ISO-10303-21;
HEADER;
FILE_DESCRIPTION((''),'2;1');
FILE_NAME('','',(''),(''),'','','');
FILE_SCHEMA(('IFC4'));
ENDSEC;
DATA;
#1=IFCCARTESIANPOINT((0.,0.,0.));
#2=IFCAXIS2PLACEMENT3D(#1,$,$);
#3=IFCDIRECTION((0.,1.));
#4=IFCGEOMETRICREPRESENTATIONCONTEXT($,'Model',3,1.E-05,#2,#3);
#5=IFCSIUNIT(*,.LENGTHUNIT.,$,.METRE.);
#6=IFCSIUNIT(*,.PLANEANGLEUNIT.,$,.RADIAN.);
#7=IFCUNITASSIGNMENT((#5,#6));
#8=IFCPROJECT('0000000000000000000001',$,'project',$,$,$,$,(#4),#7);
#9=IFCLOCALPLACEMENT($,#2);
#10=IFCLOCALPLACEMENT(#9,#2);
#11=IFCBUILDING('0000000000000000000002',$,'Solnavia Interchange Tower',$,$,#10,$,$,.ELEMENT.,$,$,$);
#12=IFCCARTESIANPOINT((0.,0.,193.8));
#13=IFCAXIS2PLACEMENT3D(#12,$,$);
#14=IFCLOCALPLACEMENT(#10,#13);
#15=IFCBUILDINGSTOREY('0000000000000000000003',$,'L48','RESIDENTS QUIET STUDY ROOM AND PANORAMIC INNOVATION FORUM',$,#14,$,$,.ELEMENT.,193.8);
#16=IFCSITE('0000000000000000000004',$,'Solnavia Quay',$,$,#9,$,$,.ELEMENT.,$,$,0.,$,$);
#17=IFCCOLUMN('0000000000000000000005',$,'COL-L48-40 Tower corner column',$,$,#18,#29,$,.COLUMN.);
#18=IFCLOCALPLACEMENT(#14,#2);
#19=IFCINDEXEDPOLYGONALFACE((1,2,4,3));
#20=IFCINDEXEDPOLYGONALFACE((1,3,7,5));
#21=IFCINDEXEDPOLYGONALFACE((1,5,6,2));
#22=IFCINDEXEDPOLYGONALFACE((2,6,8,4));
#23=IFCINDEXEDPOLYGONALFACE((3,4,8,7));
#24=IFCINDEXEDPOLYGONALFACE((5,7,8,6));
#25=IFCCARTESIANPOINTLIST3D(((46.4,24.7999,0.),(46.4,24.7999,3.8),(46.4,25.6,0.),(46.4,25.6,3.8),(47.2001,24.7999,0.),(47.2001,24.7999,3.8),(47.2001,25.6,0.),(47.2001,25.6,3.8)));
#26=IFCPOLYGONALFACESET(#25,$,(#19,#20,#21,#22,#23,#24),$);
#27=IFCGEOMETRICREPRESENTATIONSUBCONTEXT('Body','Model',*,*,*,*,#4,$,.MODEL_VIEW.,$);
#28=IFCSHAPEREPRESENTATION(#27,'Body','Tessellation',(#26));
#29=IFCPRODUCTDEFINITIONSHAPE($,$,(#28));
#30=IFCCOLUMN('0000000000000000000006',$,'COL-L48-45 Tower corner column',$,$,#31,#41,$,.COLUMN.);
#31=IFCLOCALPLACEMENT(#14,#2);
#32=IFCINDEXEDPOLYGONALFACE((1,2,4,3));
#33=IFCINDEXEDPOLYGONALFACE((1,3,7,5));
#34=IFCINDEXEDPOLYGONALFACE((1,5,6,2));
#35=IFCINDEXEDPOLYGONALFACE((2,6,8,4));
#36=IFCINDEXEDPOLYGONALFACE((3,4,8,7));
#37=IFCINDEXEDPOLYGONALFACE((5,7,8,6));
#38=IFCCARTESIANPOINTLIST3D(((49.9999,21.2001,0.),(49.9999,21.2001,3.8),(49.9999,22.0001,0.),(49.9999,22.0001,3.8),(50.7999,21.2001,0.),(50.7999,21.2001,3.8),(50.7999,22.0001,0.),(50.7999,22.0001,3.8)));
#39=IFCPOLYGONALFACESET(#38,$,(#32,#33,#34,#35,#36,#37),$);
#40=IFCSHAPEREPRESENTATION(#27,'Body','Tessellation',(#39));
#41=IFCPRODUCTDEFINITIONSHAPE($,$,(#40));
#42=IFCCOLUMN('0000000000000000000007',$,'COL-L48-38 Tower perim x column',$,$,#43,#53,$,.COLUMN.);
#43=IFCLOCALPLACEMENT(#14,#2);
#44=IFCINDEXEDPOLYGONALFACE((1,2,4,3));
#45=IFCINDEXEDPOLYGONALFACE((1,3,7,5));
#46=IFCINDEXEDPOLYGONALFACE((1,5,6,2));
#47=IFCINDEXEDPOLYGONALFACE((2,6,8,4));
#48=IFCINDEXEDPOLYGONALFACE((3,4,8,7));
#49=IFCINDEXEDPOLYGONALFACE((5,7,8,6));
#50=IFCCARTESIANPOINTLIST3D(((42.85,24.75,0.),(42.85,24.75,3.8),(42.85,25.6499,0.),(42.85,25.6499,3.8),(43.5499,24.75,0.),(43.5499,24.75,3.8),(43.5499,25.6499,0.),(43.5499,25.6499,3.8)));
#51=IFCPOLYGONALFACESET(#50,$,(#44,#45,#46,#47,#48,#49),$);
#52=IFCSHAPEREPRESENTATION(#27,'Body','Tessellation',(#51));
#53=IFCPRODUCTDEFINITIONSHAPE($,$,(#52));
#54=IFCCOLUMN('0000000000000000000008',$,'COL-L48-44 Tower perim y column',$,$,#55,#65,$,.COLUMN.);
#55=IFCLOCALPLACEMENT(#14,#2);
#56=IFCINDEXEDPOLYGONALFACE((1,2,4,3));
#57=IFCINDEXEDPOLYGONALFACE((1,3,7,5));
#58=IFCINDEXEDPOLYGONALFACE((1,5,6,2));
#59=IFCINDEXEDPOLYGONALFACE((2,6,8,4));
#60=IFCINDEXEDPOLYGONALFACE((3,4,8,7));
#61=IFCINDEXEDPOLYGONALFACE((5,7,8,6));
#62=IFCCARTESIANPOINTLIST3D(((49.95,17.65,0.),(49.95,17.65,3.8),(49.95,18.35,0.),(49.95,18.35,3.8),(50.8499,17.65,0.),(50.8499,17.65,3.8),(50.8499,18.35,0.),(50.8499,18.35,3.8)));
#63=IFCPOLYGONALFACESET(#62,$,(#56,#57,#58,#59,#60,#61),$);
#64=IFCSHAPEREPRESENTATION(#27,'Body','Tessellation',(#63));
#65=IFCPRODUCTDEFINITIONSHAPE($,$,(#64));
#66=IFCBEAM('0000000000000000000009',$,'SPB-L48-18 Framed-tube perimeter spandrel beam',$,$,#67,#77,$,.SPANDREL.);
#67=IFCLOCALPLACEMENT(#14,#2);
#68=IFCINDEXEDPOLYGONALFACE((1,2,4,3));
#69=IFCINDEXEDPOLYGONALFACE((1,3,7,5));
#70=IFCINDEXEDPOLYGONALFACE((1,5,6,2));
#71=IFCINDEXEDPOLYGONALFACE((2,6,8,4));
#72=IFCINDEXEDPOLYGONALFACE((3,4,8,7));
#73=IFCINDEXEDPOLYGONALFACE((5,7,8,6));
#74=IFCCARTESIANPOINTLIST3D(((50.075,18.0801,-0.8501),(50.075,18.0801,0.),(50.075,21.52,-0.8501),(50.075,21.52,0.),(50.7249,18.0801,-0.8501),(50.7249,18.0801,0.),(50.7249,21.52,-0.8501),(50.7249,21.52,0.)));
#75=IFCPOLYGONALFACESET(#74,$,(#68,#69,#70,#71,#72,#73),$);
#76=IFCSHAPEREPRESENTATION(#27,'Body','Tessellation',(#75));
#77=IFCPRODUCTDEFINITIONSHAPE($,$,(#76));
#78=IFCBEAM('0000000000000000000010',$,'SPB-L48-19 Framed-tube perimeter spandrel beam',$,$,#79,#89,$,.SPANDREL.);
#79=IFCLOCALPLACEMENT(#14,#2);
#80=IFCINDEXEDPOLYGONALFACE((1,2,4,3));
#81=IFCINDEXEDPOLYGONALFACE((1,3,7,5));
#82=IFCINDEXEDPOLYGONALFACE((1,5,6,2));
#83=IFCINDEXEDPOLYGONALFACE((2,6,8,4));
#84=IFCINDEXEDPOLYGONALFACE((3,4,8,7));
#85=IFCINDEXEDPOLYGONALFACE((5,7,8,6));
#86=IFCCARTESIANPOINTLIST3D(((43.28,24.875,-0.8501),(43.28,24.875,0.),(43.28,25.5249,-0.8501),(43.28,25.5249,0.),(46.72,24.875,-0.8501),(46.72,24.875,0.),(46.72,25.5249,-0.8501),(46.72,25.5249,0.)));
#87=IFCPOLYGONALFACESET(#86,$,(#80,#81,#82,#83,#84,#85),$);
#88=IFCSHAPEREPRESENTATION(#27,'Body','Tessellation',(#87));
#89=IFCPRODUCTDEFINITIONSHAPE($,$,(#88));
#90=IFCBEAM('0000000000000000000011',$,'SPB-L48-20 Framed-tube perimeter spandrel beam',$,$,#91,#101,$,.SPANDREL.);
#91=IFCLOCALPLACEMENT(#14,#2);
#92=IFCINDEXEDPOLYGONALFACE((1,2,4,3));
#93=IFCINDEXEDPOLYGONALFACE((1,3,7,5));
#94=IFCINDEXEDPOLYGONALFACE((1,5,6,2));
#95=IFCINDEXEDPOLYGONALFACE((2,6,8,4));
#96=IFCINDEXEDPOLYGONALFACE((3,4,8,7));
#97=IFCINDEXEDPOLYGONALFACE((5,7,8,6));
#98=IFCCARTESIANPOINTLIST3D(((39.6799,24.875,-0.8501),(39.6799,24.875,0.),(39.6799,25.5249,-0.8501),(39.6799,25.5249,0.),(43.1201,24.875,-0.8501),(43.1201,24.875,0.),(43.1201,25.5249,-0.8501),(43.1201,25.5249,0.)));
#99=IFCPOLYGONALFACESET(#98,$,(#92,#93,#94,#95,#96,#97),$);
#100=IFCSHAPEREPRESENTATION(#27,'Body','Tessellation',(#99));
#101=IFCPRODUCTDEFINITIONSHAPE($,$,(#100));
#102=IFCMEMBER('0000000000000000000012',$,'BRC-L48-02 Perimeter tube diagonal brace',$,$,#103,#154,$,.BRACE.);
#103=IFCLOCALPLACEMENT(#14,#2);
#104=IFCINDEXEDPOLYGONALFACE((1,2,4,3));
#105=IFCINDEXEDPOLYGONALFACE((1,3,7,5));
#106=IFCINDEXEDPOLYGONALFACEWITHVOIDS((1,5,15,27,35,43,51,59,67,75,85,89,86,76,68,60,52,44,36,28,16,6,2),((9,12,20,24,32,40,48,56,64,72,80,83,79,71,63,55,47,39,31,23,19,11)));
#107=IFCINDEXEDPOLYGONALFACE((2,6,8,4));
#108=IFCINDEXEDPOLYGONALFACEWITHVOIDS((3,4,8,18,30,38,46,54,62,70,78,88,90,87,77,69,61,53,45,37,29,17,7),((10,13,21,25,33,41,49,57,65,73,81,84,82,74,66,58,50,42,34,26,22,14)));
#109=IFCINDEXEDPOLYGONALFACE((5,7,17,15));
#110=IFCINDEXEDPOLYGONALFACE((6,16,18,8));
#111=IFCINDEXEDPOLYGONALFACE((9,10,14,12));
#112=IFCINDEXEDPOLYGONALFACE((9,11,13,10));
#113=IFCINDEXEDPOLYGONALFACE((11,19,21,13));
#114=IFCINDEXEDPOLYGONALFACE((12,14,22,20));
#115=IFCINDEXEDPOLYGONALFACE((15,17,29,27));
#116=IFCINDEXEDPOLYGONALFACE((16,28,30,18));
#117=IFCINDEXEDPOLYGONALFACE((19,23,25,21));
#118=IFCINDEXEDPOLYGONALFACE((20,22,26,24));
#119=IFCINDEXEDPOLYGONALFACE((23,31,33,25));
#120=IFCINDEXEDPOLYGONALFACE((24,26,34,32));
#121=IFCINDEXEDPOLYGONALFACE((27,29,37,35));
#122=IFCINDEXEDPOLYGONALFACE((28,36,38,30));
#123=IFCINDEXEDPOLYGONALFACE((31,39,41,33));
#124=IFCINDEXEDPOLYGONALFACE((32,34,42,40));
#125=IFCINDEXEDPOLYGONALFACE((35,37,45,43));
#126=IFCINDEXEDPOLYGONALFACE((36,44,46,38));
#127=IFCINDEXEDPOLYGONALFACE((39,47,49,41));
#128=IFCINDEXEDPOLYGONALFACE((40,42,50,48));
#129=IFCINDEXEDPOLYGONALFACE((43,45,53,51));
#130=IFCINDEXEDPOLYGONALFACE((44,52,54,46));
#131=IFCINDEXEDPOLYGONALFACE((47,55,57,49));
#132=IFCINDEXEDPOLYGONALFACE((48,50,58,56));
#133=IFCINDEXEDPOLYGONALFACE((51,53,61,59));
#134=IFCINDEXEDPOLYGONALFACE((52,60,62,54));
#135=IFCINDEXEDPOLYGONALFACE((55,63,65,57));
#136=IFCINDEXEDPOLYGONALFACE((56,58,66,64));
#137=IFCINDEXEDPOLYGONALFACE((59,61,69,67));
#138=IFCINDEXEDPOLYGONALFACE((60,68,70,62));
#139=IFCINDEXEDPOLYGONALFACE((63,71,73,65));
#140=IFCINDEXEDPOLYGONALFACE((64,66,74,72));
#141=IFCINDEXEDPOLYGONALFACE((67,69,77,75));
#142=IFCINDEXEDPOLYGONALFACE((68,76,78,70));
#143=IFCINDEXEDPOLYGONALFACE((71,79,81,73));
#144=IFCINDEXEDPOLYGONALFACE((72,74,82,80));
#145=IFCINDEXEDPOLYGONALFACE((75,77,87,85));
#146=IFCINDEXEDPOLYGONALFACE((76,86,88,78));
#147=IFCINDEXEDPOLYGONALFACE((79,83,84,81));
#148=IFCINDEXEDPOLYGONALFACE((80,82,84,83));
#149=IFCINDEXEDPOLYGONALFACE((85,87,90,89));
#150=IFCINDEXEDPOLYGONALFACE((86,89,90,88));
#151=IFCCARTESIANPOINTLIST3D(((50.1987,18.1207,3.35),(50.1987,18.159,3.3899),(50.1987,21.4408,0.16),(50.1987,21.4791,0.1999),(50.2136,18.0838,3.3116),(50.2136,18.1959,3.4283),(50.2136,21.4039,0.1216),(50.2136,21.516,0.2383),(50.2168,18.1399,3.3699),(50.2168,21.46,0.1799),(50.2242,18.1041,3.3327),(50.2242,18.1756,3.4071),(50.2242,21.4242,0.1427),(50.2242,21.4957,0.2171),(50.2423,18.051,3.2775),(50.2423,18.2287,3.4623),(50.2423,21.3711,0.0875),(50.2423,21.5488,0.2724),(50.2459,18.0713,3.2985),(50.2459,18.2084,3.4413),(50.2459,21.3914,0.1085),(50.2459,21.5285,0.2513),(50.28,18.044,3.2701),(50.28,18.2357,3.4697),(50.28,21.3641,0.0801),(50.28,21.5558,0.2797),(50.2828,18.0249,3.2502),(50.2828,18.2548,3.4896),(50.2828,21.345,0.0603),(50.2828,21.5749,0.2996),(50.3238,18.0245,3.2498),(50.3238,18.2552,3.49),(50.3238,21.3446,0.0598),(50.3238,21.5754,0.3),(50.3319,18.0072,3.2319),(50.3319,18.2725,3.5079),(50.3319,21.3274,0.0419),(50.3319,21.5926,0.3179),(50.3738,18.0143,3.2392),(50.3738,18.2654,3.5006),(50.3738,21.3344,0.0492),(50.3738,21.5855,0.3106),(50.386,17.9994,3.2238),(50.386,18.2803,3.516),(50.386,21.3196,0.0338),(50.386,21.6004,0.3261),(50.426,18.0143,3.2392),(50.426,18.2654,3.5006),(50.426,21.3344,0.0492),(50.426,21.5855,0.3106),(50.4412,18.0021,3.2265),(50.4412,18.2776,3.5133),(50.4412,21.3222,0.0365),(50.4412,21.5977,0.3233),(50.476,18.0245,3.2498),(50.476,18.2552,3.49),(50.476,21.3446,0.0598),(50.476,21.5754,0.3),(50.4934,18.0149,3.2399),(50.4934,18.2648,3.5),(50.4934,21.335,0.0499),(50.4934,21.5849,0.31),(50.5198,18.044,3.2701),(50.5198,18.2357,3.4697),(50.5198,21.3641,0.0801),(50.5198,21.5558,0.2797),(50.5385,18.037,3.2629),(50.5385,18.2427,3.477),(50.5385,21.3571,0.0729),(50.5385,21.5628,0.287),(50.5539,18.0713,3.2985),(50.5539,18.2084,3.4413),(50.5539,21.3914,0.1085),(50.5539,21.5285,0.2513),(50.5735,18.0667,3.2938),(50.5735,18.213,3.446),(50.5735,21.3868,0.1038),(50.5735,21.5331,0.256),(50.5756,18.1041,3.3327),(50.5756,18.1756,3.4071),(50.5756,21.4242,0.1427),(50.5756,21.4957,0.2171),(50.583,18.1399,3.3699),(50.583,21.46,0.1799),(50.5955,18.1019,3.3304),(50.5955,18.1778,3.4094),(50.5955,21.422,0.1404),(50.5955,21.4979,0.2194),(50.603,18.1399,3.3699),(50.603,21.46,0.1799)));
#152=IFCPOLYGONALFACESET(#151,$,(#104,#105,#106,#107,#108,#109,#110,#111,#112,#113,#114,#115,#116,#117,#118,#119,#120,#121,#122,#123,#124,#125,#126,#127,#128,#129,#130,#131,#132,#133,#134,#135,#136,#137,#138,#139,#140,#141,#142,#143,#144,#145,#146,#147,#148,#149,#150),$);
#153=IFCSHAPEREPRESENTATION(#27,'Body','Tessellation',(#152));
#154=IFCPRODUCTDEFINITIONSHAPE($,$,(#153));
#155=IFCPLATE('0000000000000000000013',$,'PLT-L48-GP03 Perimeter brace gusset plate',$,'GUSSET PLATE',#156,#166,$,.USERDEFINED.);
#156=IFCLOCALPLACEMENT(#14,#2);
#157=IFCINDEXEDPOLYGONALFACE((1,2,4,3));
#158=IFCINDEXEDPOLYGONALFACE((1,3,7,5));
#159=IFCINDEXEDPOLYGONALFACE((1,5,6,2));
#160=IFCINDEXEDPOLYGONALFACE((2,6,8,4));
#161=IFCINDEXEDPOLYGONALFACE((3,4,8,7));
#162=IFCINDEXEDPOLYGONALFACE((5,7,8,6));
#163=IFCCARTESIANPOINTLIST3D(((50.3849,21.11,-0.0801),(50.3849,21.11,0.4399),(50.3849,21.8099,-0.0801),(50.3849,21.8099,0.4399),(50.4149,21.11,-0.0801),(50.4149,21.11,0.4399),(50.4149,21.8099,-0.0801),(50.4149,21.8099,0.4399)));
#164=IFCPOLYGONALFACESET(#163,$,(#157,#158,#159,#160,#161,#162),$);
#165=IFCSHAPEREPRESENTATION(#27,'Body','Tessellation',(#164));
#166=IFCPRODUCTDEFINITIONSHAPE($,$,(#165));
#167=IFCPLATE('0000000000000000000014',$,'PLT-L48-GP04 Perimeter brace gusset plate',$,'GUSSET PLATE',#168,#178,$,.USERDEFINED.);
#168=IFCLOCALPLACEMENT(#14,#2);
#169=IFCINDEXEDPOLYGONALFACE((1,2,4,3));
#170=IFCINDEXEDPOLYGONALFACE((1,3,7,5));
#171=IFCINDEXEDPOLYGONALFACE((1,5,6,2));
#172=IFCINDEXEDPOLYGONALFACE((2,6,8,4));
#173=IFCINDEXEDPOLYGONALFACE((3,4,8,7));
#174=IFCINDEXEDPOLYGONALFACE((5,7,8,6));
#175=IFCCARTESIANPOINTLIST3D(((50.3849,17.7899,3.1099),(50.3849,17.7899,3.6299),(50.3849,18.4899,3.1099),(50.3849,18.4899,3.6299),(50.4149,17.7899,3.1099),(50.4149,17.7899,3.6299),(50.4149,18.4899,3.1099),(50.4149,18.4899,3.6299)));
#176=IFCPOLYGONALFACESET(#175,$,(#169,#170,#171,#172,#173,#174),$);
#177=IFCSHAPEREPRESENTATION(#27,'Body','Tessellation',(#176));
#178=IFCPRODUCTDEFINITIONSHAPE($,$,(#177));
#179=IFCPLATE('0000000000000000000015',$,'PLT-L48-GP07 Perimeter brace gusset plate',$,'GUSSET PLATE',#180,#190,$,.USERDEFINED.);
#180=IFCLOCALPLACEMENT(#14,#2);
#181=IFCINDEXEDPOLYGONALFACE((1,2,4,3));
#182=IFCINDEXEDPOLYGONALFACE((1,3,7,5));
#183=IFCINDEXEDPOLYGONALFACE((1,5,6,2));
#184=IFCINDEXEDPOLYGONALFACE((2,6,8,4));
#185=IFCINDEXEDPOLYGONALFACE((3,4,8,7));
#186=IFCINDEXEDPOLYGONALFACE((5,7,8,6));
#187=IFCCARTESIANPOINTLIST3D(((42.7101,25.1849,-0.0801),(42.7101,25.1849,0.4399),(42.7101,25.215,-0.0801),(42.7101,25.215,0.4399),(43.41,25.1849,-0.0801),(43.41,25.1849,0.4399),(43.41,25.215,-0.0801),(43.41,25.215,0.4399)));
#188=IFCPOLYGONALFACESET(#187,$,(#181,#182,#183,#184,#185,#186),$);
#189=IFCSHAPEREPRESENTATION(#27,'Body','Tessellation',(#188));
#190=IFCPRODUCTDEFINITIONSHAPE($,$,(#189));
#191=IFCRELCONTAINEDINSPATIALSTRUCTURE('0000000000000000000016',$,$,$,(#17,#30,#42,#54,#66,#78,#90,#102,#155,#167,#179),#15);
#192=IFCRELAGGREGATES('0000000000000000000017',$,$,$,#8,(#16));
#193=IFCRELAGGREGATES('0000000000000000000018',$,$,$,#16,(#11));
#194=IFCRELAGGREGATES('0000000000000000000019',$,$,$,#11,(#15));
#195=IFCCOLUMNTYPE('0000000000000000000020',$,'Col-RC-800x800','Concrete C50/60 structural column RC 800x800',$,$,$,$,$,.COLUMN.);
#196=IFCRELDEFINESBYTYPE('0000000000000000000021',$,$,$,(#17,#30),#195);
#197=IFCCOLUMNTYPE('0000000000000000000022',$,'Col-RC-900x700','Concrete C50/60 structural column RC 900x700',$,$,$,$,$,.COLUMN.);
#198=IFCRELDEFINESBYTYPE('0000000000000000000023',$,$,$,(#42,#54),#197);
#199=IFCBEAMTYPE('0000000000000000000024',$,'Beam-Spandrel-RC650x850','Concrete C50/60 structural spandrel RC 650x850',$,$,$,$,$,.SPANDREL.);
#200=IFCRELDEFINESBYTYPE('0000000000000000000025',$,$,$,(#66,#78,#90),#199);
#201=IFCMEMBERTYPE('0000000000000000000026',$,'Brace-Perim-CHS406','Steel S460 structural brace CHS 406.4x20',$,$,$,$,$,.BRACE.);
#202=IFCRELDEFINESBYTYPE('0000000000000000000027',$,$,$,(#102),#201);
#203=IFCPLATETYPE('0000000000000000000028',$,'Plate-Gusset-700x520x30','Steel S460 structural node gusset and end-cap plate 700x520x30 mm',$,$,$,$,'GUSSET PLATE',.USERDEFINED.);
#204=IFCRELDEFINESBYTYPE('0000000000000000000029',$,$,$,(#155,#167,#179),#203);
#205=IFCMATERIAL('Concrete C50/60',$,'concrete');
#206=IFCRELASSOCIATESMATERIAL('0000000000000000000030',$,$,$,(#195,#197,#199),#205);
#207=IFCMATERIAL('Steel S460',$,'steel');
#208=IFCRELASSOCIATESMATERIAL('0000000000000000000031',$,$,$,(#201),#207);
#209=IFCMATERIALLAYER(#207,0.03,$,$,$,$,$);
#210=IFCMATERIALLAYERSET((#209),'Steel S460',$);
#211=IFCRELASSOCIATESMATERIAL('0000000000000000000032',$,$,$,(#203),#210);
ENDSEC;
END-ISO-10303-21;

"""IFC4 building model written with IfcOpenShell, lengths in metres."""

from ifc_helpers import new_model, si_unit, direction, frame, origin, origin_2d, place, context, subcontext, project, spatial, rectangle, hollow_circle, extrude, material, layer, layer_set, material_profile, profile_set, type_object, element, save


model = new_model("IFC4")

# Units and contexts
model_context = context("Model", 3, precision=1e-05, world=origin(), true_north=direction((0.0, 1.0)))
body_context = subcontext(model_context, "Body", "Model", "MODEL_VIEW")
ifc_project = project(units=[si_unit("LENGTHUNIT", "METRE"), si_unit("PLANEANGLEUNIT", "RADIAN")], contexts=[model_context])

# Site, building, storey
site_placement = place(None, origin())
site = spatial("IfcSite", under=ifc_project, at=site_placement, Name="Solnavia Quay", CompositionType="ELEMENT", RefElevation=0.0)
building_placement = place(site_placement, origin())
building = spatial("IfcBuilding", under=site, at=building_placement, Name="Solnavia Interchange Tower", CompositionType="ELEMENT")
storey_placement = place(building_placement, frame((0.0, 0.0, 193.8)))
storey = spatial("IfcBuildingStorey", under=building, at=storey_placement, Name="L48", Description="RESIDENTS QUIET STUDY ROOM AND PANORAMIC INNOVATION FORUM", CompositionType="ELEMENT", Elevation=193.8)

# Columns
ifc_material_1 = material(Name="Concrete C50/60", Category="concrete")
ifc_material_profile_1 = material_profile(ifc_material_1, rectangle(XDim=0.8, YDim=0.8, at=origin_2d()), Name="RC 800x800")
ifc_profile_set_1 = profile_set([ifc_material_profile_1], Name="Concrete C50/60")
column_type_1 = type_object("IfcColumnType", Name="Col-RC-800x800", Description="Concrete C50/60 structural column RC 800x800", PredefinedType="COLUMN", material=ifc_profile_set_1)
for number, where, z_axis, x_axis, name in (
    (1, (46.8, 25.2, 0.0), (0.0, 0.0, 1.0), (1.0, 0.0, 0.0), "COL-L48-40 Tower corner column"),
    (2, (50.3999, 21.6001, 0.0), (0.0, 0.0, 1.0), (0.0, 1.0, 0.0), "COL-L48-45 Tower corner column"),
):
    element("IfcColumn", number, at=place(storey_placement, frame(where, z_axis=z_axis, x_axis=x_axis)), inside=storey, type_object=column_type_1, Name=name, PredefinedType="COLUMN", context=body_context, shape_type="SweptSolid", body=[
        extrude(rectangle(XDim=0.8, YDim=0.8, at=origin_2d()), origin(), (0.0, 0.0, 1.0), 3.8),
    ])
ifc_material_profile_2 = material_profile(ifc_material_1, rectangle(XDim=0.7, YDim=0.8999, at=origin_2d()), Name="RC 900x700")
ifc_profile_set_2 = profile_set([ifc_material_profile_2], Name="Concrete C50/60")
column_type_2 = type_object("IfcColumnType", Name="Col-RC-900x700", Description="Concrete C50/60 structural column RC 900x700", PredefinedType="COLUMN", material=ifc_profile_set_2)
for number, where, z_axis, x_axis, name in (
    (3, (43.2, 25.2, 0.0), (0.0, 0.0, 1.0), (1.0, 0.0, 0.0), "COL-L48-38 Tower perim x column"),
    (4, (50.3999, 18.0, 0.0), (0.0, 0.0, 1.0), (0.0, 1.0, 0.0), "COL-L48-44 Tower perim y column"),
):
    element("IfcColumn", number, at=place(storey_placement, frame(where, z_axis=z_axis, x_axis=x_axis)), inside=storey, type_object=column_type_2, Name=name, PredefinedType="COLUMN", context=body_context, shape_type="SweptSolid", body=[
        extrude(rectangle(XDim=0.7, YDim=0.8999, at=origin_2d()), origin(), (0.0, 0.0, 1.0), 3.8),
    ])

# Beams
ifc_material_profile_3 = material_profile(ifc_material_1, rectangle(XDim=0.6499, YDim=0.8501, at=origin_2d()), Name="RC 650x850")
ifc_profile_set_3 = profile_set([ifc_material_profile_3], Name="Concrete C50/60")
beam_type = type_object("IfcBeamType", Name="Beam-Spandrel-RC650x850", Description="Concrete C50/60 structural spandrel RC 650x850", PredefinedType="SPANDREL", material=ifc_profile_set_3)
for number, where, z_axis, x_axis, name in (
    (5, (50.3999, 18.0801, -0.425), (0.0, 1.0, 0.0), (-1.0, 0.0, 0.0), "SPB-L48-18 Framed-tube perimeter spandrel beam"),
    (6, (46.72, 25.2, -0.425), (-1.0, 0.0, 0.0), (0.0, -1.0, 0.0), "SPB-L48-19 Framed-tube perimeter spandrel beam"),
):
    element("IfcBeam", number, at=place(storey_placement, frame(where, z_axis=z_axis, x_axis=x_axis)), inside=storey, type_object=beam_type, Name=name, PredefinedType="SPANDREL", context=body_context, shape_type="SweptSolid", body=[
        extrude(rectangle(XDim=0.6499, YDim=0.8501, at=origin_2d()), origin(), (0.0, 0.0, 1.0), 3.4399),
    ])
beam_placement = place(storey_placement, frame((43.1201, 25.2, -0.425), z_axis=(-1.0, 0.0, 0.0), x_axis=(0.0, -1.0, 0.0)))
element("IfcBeam", 7, at=beam_placement, inside=storey, type_object=beam_type, Name="SPB-L48-20 Framed-tube perimeter spandrel beam", PredefinedType="SPANDREL", context=body_context, shape_type="SweptSolid", body=[
    extrude(rectangle(XDim=0.6499, YDim=0.8501, at=origin_2d()), origin(), (0.0, 0.0, 1.0), 3.4402),
])

# Member
ifc_material_2 = material(Name="Steel S460", Category="steel")
ifc_material_profile_4 = material_profile(ifc_material_2, hollow_circle(Radius=0.2031, WallThickness=0.02, at=origin_2d()), Name="CHS 406.4x20")
ifc_profile_set_4 = profile_set([ifc_material_profile_4], Name="Steel S460")
member_type = type_object("IfcMemberType", Name="Brace-Perim-CHS406", Description="Steel S460 structural brace CHS 406.4x20", PredefinedType="BRACE", material=ifc_profile_set_4)
member_placement = place(storey_placement, frame((50.3999, 21.46, 0.1799), z_axis=(0.0, -0.721097, 0.692834), x_axis=(1.0, 0.0, 0.0)))
element("IfcMember", 8, at=member_placement, inside=storey, type_object=member_type, Name="BRC-L48-02 Perimeter tube diagonal brace", PredefinedType="BRACE", context=body_context, shape_type="SweptSolid", body=[
    extrude(hollow_circle(Radius=0.2031, WallThickness=0.02, at=origin_2d()), origin(), (0.0, 0.0, 1.0), 4.6042),
])

# Plates
ifc_layer_1 = layer(ifc_material_2, 0.03)
ifc_layer_set_1 = layer_set([ifc_layer_1], Name="Steel S460")
plate_type = type_object("IfcPlateType", Name="Plate-Gusset-700x520x30", Description="Steel S460 structural node gusset and end-cap plate 700x520x30 mm", ElementType="GUSSET PLATE", PredefinedType="USERDEFINED", material=ifc_layer_set_1)
for number, where, z_axis, x_axis, name in (
    (9, (50.3999, 21.46, -0.0801), (0.0, 0.0, 1.0), (0.0, -1.0, 0.0), "PLT-L48-GP03 Perimeter brace gusset plate"),
    (10, (50.3999, 18.1399, 3.1099), (0.0, 0.0, 1.0), (0.0, -1.0, 0.0), "PLT-L48-GP04 Perimeter brace gusset plate"),
    (11, (43.0601, 25.2, -0.0801), (0.0, 0.0, 1.0), (-1.0, 0.0, 0.0), "PLT-L48-GP07 Perimeter brace gusset plate"),
):
    element("IfcPlate", number, at=place(storey_placement, frame(where, z_axis=z_axis, x_axis=x_axis)), inside=storey, type_object=plate_type, Name=name, ObjectType="GUSSET PLATE", PredefinedType="USERDEFINED", context=body_context, shape_type="SweptSolid", body=[
        extrude(rectangle(XDim=0.7, YDim=0.03, at=origin_2d()), origin(), (0.0, 0.0, 1.0), 0.52),
    ])

save(model, "model.ifc")
